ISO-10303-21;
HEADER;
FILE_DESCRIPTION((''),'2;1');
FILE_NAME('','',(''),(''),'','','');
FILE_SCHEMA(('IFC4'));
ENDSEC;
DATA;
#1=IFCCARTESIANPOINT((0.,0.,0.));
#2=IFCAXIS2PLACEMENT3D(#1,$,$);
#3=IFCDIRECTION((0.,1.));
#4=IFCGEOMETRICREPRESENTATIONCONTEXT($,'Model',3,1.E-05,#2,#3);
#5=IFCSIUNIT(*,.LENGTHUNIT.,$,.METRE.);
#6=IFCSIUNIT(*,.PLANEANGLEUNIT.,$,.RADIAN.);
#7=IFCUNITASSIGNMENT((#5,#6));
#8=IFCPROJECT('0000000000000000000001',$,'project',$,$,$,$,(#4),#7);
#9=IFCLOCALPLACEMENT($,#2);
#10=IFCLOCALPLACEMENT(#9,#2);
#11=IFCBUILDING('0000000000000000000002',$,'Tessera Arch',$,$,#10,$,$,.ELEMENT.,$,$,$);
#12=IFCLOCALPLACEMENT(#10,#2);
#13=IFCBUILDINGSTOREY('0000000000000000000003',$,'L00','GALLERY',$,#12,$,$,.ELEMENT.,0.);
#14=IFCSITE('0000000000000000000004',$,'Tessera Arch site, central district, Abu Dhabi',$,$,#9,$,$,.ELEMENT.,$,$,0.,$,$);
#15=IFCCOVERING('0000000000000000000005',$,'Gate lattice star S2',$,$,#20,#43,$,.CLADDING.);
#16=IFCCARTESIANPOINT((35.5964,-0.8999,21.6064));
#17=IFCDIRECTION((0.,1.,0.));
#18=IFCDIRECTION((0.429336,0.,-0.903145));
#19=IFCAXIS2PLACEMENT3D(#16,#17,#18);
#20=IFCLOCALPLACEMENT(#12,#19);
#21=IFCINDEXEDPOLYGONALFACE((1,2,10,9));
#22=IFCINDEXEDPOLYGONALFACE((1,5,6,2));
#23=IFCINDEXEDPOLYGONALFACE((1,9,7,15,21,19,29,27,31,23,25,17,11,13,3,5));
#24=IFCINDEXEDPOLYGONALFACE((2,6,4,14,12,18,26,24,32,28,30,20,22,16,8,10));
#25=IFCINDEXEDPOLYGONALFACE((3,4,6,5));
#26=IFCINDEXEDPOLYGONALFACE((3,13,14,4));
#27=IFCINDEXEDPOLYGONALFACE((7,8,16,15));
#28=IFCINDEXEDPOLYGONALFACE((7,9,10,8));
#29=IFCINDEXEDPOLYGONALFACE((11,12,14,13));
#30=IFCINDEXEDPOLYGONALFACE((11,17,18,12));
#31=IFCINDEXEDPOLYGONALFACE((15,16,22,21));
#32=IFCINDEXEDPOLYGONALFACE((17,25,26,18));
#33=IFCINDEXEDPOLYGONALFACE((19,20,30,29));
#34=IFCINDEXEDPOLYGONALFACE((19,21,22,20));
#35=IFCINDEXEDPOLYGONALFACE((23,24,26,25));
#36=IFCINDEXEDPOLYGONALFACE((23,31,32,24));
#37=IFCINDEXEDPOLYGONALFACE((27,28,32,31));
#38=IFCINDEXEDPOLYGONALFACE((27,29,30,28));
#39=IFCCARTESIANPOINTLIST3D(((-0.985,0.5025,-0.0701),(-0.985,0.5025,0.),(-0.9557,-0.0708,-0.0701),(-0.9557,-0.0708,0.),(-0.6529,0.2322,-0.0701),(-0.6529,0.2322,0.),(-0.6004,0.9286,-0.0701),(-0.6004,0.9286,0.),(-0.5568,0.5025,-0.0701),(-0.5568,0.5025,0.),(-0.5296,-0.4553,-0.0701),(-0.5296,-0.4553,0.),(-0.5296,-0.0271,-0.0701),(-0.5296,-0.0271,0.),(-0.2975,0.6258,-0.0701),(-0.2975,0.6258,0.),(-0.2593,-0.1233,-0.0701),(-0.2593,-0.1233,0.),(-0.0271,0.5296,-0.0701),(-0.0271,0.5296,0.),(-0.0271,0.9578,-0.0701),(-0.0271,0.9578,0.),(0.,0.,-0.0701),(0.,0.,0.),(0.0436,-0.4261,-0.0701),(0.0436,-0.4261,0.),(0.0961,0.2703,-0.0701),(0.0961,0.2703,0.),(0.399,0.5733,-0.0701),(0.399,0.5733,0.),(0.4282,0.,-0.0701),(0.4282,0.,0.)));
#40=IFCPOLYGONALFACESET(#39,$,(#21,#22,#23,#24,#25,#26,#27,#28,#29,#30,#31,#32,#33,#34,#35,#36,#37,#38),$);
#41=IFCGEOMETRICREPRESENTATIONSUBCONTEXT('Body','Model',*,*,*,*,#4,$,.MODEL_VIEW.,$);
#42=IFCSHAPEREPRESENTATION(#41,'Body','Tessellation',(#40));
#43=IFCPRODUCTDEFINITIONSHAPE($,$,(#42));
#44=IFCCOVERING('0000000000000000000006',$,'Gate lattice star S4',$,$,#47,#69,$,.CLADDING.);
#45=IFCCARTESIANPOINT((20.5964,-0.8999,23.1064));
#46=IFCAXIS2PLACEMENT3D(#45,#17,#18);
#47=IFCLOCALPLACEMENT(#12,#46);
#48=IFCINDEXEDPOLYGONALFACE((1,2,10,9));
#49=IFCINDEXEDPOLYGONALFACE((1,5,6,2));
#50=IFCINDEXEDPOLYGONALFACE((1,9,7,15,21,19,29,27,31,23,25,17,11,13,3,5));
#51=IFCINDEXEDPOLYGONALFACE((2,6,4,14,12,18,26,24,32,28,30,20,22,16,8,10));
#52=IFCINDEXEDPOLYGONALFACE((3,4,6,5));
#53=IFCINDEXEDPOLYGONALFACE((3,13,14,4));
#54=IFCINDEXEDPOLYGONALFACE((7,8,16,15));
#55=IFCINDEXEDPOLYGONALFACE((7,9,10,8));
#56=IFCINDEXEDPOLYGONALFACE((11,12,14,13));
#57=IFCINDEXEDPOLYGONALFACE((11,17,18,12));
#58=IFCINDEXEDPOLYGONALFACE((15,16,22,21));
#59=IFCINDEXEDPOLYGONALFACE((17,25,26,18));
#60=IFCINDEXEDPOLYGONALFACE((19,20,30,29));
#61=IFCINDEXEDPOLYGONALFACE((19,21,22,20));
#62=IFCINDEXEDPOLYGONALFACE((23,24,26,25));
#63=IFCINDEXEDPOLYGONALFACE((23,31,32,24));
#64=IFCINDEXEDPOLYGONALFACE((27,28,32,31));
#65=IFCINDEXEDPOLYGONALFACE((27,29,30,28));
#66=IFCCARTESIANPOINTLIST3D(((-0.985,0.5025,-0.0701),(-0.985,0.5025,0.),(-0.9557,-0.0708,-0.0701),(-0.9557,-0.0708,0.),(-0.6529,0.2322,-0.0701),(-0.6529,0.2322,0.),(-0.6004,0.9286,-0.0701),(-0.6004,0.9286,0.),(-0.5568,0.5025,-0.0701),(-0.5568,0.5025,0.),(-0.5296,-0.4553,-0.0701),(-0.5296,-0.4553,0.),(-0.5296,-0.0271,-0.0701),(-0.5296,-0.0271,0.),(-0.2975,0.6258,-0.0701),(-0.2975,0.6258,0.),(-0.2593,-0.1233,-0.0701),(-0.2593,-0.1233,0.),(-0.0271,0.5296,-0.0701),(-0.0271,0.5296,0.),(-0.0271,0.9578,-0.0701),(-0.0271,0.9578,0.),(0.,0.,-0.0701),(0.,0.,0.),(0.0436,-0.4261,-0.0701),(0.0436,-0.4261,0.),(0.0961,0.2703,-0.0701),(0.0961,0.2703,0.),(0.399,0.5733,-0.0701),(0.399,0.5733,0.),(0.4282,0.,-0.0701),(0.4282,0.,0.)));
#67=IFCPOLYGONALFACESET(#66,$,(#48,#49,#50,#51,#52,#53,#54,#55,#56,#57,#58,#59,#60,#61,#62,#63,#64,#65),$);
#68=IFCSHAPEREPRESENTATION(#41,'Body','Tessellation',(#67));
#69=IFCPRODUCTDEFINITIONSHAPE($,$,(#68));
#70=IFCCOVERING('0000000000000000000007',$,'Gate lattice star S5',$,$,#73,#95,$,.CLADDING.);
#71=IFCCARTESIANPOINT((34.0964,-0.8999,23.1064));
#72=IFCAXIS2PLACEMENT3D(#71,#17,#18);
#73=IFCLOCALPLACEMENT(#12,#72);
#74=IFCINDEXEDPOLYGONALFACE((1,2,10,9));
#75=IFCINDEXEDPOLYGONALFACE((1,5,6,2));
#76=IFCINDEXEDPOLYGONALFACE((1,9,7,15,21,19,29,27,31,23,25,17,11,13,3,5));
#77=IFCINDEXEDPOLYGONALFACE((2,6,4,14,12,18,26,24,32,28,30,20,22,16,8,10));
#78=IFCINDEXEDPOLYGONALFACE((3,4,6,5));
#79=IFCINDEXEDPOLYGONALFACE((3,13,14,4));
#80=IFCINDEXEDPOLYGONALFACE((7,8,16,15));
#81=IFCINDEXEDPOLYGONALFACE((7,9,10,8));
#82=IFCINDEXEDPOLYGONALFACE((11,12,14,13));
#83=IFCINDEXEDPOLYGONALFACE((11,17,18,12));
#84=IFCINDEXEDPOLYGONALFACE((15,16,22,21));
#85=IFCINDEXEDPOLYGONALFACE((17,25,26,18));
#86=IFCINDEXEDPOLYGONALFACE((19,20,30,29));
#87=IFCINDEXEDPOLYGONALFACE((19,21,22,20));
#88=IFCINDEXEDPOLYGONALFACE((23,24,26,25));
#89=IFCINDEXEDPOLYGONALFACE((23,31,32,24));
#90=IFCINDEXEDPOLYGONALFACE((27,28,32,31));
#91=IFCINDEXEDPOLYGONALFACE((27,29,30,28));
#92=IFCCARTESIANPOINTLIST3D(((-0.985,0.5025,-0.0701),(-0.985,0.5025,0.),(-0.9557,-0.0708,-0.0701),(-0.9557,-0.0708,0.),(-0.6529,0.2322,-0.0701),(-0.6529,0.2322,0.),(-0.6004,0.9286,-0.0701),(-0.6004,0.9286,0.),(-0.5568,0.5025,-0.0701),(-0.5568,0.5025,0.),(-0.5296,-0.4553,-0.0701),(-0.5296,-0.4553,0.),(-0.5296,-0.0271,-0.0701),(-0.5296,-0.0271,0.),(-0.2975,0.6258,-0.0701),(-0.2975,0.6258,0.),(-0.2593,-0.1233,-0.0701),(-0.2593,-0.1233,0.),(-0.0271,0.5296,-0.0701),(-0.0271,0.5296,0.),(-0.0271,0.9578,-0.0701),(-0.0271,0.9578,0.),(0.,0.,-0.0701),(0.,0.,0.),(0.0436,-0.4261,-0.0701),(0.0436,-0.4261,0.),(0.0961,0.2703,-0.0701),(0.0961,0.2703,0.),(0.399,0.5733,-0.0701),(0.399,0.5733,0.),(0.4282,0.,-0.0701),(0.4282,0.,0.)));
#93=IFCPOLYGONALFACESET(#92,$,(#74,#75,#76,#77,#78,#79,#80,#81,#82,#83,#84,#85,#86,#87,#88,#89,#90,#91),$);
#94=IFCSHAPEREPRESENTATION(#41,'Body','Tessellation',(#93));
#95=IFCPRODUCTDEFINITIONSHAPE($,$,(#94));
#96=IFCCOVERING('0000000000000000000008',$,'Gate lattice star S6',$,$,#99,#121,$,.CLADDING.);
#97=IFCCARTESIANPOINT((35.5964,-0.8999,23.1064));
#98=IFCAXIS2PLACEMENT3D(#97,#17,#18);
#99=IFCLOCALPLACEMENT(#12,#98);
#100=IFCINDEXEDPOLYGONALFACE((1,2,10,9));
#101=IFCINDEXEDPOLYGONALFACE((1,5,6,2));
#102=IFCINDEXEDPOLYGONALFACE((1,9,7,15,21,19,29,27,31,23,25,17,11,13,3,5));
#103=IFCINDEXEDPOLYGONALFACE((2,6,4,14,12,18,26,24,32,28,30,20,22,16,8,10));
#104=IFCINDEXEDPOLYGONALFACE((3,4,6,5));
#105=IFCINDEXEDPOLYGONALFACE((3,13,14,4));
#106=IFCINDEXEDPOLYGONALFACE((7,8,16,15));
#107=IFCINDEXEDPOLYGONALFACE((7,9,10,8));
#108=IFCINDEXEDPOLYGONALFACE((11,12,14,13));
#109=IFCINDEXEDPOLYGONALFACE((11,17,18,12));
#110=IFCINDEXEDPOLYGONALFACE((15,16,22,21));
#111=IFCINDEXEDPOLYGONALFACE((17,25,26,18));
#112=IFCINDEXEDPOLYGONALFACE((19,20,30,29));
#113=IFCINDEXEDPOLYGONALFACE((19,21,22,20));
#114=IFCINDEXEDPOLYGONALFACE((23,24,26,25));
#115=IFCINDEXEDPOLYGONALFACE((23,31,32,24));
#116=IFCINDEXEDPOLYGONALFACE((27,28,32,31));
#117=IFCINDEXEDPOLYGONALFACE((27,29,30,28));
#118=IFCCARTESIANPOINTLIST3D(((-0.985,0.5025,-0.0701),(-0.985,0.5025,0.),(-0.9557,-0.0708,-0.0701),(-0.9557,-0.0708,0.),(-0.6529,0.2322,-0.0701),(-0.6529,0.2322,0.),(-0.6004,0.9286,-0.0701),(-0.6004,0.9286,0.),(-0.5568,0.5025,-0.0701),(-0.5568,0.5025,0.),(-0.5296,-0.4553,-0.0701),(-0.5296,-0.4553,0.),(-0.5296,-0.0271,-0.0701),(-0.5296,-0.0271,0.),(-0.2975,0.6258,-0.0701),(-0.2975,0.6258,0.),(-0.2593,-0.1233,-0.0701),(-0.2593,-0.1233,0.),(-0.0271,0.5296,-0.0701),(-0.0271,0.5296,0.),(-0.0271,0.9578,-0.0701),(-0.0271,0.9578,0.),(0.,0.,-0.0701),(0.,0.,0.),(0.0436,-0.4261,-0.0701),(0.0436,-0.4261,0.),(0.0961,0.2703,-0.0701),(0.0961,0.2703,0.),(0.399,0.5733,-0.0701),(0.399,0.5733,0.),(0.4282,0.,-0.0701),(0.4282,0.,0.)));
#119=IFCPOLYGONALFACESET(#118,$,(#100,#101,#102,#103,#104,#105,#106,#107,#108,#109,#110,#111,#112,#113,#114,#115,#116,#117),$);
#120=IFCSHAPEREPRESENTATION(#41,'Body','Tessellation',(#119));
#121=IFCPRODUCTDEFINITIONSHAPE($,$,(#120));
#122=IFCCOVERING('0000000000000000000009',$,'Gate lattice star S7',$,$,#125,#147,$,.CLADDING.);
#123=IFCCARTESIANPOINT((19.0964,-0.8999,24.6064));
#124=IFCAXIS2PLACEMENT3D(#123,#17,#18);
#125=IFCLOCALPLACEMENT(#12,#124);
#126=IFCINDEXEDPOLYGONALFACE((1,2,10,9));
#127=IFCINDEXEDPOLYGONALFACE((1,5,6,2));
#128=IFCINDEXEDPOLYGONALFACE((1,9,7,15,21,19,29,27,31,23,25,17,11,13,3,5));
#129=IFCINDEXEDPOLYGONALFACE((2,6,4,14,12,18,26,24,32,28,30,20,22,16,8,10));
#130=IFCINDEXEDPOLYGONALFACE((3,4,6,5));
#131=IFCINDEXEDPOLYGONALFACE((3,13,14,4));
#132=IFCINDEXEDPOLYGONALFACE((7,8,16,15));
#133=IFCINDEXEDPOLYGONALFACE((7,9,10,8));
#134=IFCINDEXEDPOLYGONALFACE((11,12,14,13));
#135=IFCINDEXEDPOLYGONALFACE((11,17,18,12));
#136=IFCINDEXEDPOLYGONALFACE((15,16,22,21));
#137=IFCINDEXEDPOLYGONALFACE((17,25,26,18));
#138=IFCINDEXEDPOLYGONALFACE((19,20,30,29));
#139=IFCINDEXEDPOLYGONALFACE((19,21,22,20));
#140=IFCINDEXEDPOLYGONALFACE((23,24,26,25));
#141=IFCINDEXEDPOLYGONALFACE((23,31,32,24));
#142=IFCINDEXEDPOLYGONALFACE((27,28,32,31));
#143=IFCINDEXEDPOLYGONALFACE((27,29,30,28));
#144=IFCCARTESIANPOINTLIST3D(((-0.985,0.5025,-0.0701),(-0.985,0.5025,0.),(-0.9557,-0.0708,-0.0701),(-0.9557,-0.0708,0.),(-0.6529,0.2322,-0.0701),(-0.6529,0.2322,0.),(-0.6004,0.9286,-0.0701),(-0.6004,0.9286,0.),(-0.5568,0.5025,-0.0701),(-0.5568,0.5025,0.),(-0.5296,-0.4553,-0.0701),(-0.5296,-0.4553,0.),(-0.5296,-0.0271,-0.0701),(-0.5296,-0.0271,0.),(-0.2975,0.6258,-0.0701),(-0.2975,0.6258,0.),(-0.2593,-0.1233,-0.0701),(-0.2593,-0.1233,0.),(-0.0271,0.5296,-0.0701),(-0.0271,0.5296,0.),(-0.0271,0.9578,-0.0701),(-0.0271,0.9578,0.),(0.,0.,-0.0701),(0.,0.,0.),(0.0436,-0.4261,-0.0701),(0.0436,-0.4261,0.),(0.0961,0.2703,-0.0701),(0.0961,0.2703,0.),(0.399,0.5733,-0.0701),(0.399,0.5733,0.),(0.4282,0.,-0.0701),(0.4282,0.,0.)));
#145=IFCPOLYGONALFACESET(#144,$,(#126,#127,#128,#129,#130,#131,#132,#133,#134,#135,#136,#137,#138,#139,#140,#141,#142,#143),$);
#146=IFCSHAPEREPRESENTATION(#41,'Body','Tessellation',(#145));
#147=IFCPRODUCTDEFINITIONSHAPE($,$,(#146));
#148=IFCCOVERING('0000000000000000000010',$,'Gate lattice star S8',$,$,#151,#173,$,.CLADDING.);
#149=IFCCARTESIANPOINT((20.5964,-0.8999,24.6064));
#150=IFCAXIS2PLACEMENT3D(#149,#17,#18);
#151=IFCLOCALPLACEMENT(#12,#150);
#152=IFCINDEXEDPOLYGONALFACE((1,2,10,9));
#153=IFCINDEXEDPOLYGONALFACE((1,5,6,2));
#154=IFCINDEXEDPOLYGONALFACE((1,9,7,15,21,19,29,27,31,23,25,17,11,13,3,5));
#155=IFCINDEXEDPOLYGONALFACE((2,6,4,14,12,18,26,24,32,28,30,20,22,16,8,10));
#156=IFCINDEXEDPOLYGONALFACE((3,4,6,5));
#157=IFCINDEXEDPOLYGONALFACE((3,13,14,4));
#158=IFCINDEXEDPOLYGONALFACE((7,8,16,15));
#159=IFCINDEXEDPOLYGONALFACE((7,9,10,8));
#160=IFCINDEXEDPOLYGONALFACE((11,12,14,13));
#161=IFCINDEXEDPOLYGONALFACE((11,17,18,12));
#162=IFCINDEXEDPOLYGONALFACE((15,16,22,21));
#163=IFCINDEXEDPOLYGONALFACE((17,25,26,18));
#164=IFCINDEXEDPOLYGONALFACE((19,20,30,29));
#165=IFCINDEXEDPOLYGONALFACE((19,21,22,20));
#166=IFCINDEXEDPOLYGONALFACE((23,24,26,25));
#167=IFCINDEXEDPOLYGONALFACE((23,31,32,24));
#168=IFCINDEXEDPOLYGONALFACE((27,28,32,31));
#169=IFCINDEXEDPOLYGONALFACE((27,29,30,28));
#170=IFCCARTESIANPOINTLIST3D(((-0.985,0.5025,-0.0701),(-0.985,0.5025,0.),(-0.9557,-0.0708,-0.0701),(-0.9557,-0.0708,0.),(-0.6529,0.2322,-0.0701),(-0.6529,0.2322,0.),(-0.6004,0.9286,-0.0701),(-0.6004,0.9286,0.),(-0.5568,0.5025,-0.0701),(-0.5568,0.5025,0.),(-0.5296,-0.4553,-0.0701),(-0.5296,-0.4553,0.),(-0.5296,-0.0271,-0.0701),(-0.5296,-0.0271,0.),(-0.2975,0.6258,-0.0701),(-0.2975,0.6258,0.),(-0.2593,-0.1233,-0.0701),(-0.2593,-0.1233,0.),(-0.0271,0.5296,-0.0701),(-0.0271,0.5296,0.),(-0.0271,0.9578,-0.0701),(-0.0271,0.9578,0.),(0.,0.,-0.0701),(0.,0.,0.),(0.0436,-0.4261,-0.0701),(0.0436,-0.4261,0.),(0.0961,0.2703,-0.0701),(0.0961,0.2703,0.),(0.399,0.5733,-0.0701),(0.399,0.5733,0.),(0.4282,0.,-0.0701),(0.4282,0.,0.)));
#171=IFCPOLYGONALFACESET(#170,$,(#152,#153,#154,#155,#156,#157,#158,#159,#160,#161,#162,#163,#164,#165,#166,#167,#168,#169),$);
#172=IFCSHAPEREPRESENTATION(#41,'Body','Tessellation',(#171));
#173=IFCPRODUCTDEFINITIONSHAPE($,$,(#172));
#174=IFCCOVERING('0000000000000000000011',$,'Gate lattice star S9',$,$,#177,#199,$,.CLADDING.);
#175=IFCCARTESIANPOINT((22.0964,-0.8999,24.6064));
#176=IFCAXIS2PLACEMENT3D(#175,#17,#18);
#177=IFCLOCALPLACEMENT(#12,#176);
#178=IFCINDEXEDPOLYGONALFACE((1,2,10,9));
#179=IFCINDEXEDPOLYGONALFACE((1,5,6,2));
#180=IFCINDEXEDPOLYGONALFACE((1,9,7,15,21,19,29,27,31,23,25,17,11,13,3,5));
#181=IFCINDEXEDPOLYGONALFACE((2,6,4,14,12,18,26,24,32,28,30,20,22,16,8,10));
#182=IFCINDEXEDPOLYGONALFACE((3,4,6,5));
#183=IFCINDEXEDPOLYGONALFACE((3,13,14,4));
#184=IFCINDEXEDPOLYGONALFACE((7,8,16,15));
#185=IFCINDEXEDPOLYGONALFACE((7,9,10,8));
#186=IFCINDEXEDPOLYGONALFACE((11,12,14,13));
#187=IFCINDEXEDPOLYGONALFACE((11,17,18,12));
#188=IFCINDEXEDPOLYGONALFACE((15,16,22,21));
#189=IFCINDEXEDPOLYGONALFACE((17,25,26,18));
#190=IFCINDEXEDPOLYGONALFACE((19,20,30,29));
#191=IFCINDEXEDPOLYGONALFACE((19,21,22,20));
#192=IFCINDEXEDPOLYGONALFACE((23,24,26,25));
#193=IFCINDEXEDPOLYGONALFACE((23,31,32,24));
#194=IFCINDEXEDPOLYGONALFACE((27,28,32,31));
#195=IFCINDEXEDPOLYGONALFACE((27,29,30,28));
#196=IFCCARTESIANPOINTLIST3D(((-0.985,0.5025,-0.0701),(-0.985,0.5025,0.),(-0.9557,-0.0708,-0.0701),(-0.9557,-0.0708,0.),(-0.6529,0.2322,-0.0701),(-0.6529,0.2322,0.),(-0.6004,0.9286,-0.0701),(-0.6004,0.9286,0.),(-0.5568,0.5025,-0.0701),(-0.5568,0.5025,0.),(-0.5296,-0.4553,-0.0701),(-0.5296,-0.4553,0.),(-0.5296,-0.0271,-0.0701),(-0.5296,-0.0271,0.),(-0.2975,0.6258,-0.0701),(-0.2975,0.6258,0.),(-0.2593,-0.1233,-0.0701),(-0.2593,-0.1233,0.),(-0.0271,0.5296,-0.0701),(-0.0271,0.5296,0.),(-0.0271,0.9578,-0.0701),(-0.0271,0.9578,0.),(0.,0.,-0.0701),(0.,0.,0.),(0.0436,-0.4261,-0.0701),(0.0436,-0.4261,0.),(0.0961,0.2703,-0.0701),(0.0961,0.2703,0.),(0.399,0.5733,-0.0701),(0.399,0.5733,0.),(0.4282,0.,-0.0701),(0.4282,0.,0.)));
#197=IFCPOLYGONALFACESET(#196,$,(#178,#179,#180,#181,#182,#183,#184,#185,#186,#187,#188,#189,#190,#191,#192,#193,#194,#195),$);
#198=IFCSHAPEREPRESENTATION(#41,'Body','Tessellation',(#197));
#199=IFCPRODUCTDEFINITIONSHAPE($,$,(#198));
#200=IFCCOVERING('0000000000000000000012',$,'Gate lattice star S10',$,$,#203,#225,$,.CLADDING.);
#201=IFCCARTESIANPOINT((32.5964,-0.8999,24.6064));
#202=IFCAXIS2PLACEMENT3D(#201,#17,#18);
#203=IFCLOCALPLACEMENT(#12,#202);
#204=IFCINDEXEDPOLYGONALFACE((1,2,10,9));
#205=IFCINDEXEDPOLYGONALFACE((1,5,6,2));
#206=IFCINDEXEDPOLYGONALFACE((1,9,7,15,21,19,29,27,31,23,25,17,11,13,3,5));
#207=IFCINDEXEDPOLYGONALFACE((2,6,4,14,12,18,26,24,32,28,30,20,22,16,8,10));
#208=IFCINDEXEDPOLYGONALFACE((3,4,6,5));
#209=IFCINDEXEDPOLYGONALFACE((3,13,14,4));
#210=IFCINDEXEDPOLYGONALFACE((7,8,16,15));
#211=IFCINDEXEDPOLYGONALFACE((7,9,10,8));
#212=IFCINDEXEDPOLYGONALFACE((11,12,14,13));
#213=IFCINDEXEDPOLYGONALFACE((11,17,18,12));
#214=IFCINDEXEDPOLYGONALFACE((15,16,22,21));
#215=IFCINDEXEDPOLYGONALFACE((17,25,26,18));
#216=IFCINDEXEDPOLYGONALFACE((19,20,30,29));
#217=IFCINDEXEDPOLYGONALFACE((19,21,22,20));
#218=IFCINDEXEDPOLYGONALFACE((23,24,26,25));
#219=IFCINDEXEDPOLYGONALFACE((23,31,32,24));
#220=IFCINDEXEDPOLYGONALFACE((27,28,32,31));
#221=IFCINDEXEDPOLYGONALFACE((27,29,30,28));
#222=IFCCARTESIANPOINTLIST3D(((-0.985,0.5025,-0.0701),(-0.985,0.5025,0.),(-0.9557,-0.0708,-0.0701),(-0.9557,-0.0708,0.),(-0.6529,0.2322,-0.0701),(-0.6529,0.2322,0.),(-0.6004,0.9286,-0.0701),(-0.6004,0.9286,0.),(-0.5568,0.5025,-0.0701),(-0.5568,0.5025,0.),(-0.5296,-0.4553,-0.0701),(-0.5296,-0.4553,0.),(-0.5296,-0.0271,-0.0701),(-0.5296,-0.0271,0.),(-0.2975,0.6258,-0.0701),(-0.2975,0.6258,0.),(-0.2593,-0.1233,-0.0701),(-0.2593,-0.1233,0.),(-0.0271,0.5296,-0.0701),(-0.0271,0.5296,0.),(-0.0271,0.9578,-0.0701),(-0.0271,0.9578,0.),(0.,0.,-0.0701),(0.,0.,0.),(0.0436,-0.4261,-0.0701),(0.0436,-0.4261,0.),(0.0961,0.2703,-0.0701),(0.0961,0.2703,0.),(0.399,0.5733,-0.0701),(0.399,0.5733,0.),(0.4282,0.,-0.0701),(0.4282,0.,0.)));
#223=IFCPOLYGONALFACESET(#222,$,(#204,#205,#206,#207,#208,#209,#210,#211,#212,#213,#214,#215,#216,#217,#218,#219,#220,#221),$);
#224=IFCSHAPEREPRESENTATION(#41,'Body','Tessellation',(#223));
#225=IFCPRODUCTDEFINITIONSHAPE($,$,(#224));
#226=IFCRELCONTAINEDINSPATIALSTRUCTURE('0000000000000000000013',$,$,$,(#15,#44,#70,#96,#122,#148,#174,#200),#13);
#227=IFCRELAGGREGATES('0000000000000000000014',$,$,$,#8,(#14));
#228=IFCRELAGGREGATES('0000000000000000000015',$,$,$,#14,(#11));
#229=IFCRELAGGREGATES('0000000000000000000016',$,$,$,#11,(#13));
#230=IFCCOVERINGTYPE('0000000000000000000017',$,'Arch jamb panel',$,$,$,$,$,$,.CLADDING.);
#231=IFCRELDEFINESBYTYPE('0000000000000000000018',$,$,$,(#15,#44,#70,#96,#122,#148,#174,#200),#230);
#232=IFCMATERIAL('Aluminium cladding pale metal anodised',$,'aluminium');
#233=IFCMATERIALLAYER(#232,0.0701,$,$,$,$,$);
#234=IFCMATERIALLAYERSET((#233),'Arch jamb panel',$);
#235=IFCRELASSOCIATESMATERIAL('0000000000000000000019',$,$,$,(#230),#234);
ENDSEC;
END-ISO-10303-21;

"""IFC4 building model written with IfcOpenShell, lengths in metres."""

from ifc_helpers import new_model, si_unit, direction, frame, origin, place, context, subcontext, project, spatial, polyline, outline, extrude, material, layer, layer_set, type_object, element, save


model = new_model("IFC4")

# Units and contexts
model_context = context("Model", 3, precision=1e-05, world=origin(), true_north=direction((0.0, 1.0)))
body_context = subcontext(model_context, "Body", "Model", "MODEL_VIEW")
ifc_project = project(units=[si_unit("LENGTHUNIT", "METRE"), si_unit("PLANEANGLEUNIT", "RADIAN")], contexts=[model_context])

# Site, building, storey
site_placement = place(None, origin())
site = spatial("IfcSite", under=ifc_project, at=site_placement, Name="Tessera Arch site, central district, Abu Dhabi", CompositionType="ELEMENT", RefElevation=0.0)
building_placement = place(site_placement, origin())
building = spatial("IfcBuilding", under=site, at=building_placement, Name="Tessera Arch", CompositionType="ELEMENT")
storey_placement = place(building_placement, origin())
storey = spatial("IfcBuildingStorey", under=building, at=storey_placement, Name="L00", Description="GALLERY", CompositionType="ELEMENT", Elevation=0.0)

# Coverings
ifc_material_1 = material(Name="Aluminium cladding pale metal anodised", Category="aluminium")
ifc_layer = layer(ifc_material_1, 0.0701)
ifc_layer_set = layer_set([ifc_layer], Name="Arch jamb panel")
covering_type = type_object("IfcCoveringType", Name="Arch jamb panel", PredefinedType="CLADDING", material=ifc_layer_set)
for number, where, z_axis, x_axis, name in (
    (1, (35.5964, -0.8999, 21.6064), (0.0, 1.0, 0.0), (0.429336, 0.0, -0.903145), "Gate lattice star S2"),
    (2, (20.5964, -0.8999, 23.1064), (0.0, 1.0, 0.0), (0.429336, 0.0, -0.903145), "Gate lattice star S4"),
    (3, (34.0964, -0.8999, 23.1064), (0.0, 1.0, 0.0), (0.429336, 0.0, -0.903145), "Gate lattice star S5"),
    (4, (35.5964, -0.8999, 23.1064), (0.0, 1.0, 0.0), (0.429336, 0.0, -0.903145), "Gate lattice star S6"),
    (5, (19.0964, -0.8999, 24.6064), (0.0, 1.0, 0.0), (0.429336, 0.0, -0.903145), "Gate lattice star S7"),
    (6, (20.5964, -0.8999, 24.6064), (0.0, 1.0, 0.0), (0.429336, 0.0, -0.903145), "Gate lattice star S8"),
    (7, (22.0964, -0.8999, 24.6064), (0.0, 1.0, 0.0), (0.429336, 0.0, -0.903145), "Gate lattice star S9"),
    (8, (32.5964, -0.8999, 24.6064), (0.0, 1.0, 0.0), (0.429336, 0.0, -0.903145), "Gate lattice star S10"),
):
    element("IfcCovering", number, at=place(storey_placement, frame(where, z_axis=z_axis, x_axis=x_axis)), inside=storey, type_object=covering_type, Name=name, PredefinedType="CLADDING", context=body_context, shape_type="SweptSolid", body=[
        extrude(outline(polyline([(0.0, 0.0), (0.4282, 0.0), (0.0961, 0.2703), (0.399, 0.5733), (-0.0271, 0.5296), (-0.0271, 0.9578), (-0.2975, 0.6258), (-0.6004, 0.9286), (-0.5568, 0.5025), (-0.985, 0.5025), (-0.6529, 0.2322), (-0.9557, -0.0708), (-0.5296, -0.0271), (-0.5296, -0.4553), (-0.2593, -0.1233), (0.0436, -0.4261), (0.0, 0.0)])), origin(), (0.0, 0.0, -1.0), 0.0701),
    ])

save(model, "model.ifc")
